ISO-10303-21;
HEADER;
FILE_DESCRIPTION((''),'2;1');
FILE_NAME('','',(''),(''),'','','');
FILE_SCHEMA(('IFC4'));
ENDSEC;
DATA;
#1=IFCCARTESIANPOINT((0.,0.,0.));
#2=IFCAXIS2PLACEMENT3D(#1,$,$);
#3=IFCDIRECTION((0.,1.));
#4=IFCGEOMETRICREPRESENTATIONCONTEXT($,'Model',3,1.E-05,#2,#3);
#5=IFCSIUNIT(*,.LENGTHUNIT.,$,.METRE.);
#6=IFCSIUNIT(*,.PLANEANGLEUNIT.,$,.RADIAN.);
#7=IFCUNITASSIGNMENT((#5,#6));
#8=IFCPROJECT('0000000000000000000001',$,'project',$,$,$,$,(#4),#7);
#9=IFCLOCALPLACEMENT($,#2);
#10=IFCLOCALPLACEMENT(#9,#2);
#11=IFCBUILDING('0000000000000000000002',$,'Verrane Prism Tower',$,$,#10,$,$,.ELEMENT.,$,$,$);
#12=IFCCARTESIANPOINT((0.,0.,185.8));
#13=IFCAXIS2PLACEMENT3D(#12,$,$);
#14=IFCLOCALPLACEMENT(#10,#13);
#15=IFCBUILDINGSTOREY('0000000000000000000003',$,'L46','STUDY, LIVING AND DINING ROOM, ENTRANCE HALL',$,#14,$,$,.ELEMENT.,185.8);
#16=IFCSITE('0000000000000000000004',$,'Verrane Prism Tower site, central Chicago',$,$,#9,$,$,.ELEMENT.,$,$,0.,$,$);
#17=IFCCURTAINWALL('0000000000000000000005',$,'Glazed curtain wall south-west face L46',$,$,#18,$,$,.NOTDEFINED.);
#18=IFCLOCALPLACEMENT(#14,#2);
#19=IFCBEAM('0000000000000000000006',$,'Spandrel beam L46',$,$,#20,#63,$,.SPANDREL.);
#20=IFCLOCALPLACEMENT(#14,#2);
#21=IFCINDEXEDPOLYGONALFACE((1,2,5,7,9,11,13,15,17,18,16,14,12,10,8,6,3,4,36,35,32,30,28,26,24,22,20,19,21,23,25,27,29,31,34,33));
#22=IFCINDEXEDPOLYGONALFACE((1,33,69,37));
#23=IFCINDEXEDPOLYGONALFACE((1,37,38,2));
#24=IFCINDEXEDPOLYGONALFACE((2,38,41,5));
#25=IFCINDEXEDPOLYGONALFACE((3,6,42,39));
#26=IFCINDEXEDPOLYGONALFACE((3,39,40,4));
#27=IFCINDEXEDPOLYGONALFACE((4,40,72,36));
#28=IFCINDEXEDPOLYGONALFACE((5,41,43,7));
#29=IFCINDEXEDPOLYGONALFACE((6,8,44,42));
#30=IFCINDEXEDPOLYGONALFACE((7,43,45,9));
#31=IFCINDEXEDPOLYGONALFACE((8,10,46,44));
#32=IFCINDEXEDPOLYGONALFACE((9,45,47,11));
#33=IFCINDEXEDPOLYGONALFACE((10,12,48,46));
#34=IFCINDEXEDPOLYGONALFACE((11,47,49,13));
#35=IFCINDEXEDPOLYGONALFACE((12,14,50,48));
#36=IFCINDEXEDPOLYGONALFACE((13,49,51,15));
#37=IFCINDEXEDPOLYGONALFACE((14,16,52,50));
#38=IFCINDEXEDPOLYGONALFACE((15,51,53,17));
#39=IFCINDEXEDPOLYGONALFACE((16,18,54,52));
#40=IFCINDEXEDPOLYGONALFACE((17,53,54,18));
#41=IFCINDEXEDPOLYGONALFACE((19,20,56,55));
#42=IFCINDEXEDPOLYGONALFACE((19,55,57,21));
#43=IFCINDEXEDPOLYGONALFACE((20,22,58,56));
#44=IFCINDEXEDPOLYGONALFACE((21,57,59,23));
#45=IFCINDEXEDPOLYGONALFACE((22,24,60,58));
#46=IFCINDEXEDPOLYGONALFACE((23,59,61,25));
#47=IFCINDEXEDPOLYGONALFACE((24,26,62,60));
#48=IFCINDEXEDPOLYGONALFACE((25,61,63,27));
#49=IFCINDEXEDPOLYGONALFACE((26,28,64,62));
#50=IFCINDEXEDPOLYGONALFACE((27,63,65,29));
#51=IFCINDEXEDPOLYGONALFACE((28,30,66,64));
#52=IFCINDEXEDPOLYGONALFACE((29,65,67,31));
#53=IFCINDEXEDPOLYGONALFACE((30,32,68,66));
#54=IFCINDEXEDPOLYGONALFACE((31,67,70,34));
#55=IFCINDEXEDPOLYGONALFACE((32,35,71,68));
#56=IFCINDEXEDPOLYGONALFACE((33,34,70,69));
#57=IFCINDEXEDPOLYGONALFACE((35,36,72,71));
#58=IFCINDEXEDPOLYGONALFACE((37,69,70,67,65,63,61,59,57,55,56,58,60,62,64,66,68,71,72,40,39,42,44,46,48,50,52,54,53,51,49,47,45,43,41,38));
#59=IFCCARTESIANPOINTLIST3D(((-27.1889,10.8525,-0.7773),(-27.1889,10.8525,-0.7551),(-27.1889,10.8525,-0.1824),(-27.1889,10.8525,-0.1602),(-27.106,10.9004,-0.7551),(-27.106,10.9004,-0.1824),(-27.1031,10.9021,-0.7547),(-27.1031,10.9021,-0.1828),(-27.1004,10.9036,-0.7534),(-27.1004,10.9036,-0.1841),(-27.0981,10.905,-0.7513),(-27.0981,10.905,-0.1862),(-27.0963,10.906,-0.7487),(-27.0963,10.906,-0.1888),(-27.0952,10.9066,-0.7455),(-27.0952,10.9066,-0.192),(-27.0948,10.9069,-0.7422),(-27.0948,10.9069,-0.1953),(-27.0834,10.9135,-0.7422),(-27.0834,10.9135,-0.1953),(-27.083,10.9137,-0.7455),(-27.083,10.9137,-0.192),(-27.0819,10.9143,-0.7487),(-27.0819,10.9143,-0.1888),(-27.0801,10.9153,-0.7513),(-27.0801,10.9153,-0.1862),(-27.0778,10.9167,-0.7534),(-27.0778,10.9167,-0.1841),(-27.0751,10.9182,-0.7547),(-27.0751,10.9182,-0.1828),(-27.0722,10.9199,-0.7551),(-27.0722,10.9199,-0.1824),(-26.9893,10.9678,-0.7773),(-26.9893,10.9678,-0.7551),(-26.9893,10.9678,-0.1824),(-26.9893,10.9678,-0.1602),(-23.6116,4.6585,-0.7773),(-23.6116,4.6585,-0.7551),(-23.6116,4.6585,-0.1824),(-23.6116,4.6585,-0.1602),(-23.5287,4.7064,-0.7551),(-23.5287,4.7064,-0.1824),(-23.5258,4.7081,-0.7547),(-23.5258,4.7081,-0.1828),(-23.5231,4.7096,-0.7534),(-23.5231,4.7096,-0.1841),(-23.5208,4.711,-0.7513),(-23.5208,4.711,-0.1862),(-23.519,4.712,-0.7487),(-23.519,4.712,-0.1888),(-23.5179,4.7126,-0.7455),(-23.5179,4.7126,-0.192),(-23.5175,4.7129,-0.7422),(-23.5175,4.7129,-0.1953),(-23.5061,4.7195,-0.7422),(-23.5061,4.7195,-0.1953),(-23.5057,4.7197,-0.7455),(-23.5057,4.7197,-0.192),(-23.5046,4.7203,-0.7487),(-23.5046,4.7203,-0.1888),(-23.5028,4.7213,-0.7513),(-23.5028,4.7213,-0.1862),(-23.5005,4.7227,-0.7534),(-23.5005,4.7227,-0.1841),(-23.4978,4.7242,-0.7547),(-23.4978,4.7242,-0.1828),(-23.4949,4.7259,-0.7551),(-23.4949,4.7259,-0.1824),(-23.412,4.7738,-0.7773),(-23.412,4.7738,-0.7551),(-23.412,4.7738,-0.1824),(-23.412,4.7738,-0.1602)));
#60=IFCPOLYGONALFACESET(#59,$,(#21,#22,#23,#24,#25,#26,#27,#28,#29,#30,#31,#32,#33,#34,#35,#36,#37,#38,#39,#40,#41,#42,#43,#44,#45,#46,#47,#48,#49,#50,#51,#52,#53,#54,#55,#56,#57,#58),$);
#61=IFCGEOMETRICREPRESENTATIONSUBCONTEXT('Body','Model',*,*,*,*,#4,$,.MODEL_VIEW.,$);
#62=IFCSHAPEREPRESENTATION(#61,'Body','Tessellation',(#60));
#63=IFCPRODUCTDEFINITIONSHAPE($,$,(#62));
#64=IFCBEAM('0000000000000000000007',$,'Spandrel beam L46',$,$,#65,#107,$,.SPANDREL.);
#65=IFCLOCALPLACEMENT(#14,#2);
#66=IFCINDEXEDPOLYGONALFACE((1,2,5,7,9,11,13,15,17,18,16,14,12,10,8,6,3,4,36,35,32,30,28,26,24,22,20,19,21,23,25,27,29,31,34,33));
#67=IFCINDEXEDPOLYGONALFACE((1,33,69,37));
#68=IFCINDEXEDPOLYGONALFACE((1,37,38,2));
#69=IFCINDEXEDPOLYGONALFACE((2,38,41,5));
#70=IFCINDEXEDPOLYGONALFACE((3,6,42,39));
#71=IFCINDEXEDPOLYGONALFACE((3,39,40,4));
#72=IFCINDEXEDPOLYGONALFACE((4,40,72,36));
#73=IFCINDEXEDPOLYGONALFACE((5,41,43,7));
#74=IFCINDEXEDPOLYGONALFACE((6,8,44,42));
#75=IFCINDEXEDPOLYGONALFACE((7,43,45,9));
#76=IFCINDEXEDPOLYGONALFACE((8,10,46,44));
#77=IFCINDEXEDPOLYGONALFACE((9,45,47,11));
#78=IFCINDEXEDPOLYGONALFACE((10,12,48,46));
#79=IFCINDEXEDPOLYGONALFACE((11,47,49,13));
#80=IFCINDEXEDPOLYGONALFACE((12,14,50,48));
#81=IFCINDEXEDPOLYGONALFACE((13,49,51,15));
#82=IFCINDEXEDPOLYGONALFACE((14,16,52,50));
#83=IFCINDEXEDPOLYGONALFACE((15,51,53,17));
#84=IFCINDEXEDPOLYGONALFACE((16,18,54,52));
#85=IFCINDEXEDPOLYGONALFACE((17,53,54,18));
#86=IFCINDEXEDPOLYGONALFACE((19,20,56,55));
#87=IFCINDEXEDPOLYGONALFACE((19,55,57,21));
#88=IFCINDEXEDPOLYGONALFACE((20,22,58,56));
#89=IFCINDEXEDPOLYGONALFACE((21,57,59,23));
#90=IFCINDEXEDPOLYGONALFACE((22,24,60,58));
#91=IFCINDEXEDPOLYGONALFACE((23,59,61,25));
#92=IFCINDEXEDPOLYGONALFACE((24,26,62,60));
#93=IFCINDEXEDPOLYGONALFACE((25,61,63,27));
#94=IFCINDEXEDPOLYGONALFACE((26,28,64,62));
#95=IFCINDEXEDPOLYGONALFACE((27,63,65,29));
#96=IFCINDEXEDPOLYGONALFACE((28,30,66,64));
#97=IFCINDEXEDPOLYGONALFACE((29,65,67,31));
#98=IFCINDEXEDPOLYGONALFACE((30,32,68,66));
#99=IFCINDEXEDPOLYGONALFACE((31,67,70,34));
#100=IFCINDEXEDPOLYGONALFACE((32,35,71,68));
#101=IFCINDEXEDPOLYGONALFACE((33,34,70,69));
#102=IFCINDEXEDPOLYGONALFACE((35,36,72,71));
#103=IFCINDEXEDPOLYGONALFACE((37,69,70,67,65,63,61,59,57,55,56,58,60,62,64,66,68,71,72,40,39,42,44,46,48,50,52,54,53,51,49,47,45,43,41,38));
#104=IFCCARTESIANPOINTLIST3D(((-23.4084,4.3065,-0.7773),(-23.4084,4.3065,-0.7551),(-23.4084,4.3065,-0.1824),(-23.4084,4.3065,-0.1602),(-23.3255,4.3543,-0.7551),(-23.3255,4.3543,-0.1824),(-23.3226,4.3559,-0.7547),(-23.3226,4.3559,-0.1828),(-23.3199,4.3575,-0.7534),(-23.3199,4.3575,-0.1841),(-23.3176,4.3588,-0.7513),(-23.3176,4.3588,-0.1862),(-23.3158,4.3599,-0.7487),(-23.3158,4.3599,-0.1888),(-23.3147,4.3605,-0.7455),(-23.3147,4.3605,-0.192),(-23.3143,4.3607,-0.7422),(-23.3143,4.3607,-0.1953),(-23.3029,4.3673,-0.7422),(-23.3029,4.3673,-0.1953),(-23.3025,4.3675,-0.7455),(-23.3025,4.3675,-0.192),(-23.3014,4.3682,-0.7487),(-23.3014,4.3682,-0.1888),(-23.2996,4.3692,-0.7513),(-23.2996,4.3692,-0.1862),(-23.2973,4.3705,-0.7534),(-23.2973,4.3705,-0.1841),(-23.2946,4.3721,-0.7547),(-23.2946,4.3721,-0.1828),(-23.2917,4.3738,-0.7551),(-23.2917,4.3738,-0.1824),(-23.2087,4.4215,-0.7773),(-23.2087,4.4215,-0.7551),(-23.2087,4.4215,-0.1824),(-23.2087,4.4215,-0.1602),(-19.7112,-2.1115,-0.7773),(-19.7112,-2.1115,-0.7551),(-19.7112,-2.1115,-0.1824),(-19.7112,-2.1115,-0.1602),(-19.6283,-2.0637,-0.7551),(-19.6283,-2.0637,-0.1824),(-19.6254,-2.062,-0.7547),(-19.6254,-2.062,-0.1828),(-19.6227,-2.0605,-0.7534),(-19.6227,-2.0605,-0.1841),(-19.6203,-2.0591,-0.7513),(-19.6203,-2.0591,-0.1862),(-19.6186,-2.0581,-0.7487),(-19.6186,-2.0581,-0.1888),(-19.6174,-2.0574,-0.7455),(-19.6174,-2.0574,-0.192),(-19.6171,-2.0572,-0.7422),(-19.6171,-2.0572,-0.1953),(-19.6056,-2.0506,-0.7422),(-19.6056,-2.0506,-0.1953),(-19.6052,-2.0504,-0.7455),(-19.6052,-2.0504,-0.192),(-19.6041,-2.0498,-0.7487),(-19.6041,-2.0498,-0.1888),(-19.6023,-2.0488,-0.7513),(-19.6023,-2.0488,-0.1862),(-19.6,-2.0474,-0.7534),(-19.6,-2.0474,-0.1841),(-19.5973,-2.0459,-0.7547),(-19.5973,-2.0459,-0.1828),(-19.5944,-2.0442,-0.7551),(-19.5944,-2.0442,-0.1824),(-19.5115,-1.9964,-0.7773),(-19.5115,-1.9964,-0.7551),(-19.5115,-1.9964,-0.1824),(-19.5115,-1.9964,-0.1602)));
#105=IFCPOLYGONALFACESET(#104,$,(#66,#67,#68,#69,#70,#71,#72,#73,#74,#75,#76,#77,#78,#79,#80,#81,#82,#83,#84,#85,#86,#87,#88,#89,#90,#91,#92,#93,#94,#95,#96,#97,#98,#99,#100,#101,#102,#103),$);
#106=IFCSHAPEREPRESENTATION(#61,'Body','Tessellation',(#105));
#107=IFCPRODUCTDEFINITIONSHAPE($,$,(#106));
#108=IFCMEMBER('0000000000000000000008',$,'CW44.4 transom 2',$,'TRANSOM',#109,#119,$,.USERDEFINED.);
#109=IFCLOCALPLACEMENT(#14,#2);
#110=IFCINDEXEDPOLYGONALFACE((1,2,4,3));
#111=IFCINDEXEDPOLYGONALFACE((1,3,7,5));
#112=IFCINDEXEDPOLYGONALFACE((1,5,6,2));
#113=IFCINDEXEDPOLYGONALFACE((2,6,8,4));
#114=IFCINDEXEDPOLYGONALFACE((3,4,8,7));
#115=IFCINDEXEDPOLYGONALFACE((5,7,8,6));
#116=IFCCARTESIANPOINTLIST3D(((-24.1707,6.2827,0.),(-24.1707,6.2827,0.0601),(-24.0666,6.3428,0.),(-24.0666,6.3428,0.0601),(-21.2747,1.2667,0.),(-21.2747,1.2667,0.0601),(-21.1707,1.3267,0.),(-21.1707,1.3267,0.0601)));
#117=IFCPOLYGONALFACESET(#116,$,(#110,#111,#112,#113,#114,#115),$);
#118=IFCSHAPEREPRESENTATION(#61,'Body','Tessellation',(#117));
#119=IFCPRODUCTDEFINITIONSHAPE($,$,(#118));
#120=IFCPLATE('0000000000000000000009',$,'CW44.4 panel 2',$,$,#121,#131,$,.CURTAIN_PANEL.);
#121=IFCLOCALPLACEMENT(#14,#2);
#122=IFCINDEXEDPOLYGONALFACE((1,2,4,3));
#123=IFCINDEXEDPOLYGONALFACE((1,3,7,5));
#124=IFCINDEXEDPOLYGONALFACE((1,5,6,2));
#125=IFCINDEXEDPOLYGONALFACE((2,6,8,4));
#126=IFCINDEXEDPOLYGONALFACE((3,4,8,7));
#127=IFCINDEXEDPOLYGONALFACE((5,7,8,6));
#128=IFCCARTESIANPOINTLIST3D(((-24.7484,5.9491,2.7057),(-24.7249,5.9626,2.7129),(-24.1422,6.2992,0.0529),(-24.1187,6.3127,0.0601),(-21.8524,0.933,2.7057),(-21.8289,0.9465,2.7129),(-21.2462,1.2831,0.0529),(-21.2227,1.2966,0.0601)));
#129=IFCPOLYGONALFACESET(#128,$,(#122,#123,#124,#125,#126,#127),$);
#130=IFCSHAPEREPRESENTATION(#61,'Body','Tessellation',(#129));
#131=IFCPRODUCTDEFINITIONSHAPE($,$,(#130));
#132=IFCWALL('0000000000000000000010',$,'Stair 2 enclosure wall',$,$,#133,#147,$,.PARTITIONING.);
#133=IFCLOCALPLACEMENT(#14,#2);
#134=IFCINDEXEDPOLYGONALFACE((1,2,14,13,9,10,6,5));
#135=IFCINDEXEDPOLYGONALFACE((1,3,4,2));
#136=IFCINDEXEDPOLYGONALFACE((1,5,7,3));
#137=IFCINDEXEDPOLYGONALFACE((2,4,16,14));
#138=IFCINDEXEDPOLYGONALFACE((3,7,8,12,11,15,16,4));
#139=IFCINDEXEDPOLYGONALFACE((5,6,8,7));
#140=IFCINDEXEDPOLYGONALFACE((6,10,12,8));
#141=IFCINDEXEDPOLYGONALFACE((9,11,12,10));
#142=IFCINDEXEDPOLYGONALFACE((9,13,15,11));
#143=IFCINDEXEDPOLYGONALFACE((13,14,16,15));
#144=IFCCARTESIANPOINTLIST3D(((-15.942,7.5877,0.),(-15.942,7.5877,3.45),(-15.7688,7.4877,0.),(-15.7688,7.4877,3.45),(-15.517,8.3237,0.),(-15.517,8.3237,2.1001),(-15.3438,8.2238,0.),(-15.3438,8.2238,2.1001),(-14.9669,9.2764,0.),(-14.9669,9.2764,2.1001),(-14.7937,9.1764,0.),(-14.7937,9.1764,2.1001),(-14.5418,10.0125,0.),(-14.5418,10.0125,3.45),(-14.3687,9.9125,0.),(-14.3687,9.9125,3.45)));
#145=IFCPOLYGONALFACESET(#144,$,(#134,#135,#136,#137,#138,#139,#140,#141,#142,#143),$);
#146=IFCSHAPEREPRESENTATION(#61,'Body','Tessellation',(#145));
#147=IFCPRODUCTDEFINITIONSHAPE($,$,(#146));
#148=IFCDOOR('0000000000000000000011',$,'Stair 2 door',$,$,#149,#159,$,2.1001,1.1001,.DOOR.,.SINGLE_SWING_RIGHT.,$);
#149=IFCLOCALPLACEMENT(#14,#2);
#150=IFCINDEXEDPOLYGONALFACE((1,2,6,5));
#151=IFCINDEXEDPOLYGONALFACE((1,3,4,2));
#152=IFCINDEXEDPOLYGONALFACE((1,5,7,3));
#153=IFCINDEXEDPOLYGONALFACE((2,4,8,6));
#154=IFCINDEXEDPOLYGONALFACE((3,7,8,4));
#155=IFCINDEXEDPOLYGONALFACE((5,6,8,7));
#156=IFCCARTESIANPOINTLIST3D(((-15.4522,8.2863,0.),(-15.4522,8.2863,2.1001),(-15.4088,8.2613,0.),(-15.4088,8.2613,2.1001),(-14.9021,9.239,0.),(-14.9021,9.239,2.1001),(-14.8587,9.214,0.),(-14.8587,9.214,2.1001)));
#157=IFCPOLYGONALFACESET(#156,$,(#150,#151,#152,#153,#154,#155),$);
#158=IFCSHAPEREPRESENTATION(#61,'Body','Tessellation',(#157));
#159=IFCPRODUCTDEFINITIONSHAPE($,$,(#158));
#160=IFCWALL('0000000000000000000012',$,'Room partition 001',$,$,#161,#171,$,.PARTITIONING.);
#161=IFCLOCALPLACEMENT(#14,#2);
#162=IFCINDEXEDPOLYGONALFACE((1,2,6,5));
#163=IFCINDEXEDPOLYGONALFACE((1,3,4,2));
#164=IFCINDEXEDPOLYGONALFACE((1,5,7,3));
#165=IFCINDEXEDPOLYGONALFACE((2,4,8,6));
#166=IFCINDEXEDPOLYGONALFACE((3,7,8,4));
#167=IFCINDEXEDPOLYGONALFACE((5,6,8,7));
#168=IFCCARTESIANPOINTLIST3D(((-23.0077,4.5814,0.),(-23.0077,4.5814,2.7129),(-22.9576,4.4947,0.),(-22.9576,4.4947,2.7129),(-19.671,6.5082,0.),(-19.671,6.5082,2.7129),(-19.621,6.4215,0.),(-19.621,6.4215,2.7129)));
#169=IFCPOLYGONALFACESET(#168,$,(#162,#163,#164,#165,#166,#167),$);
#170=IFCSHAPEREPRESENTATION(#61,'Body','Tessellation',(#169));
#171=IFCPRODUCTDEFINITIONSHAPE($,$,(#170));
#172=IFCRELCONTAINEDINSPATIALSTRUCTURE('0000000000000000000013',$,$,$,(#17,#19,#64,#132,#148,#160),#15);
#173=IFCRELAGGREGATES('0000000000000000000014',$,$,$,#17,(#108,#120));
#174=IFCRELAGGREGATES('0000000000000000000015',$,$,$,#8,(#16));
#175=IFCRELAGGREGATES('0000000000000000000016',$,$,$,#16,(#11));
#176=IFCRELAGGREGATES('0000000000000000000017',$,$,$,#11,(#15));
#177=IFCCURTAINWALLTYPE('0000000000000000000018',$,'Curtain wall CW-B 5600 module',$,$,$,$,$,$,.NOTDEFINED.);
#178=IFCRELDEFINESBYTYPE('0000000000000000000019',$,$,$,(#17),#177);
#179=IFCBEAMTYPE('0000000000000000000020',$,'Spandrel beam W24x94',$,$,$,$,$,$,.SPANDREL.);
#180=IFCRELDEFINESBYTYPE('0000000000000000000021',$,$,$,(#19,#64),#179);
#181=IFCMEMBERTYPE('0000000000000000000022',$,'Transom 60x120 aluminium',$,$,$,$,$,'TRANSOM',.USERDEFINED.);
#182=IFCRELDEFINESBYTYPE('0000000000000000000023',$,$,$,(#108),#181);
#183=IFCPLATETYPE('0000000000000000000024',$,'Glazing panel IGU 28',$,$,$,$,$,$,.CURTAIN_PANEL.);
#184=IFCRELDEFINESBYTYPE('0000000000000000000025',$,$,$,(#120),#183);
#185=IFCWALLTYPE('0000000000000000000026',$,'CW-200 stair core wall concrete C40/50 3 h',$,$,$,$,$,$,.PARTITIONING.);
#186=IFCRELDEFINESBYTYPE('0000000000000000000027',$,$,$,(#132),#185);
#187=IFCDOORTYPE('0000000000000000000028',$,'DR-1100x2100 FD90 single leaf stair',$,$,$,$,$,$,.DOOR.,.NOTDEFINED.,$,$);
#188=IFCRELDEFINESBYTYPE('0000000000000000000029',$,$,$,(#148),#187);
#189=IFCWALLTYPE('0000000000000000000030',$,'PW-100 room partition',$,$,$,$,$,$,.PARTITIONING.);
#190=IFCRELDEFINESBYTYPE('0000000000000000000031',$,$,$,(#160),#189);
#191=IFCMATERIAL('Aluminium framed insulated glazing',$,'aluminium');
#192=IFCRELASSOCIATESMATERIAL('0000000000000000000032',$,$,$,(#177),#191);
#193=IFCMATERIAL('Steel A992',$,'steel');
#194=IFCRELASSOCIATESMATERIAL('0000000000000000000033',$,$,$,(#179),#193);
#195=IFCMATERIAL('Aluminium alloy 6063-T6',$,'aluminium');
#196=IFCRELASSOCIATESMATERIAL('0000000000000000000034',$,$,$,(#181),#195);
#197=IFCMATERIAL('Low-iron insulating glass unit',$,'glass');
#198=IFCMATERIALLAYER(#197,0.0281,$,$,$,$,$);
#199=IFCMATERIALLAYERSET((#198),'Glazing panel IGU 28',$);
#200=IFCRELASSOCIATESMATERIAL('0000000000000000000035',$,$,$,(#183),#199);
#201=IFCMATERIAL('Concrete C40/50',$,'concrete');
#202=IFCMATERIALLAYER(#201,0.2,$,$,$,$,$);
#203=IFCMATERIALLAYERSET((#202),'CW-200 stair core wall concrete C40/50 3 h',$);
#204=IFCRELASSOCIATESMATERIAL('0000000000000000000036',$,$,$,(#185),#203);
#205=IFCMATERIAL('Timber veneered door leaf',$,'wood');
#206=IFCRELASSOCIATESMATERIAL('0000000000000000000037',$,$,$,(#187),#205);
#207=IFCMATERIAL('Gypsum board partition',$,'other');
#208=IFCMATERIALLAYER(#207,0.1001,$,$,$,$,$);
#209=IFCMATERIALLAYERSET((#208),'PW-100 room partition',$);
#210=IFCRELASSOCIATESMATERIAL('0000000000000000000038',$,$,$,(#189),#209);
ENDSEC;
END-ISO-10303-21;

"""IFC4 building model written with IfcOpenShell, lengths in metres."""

from ifc_helpers import new_model, si_unit, direction, frame, frame_2d, origin, origin_2d, place, context, subcontext, project, spatial, polyline, rectangle, i_section, outline, extrude, material, layer, layer_set, material_profile, profile_set, type_object, element, fill, aggregate, save


model = new_model("IFC4")

# Units and contexts
model_context = context("Model", 3, precision=1e-05, world=origin(), true_north=direction((0.0, 1.0)))
body_context = subcontext(model_context, "Body", "Model", "MODEL_VIEW")
ifc_project = project(units=[si_unit("LENGTHUNIT", "METRE"), si_unit("PLANEANGLEUNIT", "RADIAN")], contexts=[model_context])

# Site, building, storey
site_placement = place(None, origin())
site = spatial("IfcSite", under=ifc_project, at=site_placement, Name="Verrane Prism Tower site, central Chicago", CompositionType="ELEMENT", RefElevation=0.0)
building_placement = place(site_placement, origin())
building = spatial("IfcBuilding", under=site, at=building_placement, Name="Verrane Prism Tower", CompositionType="ELEMENT")
storey_placement = place(building_placement, frame((0.0, 0.0, 185.8)))
storey = spatial("IfcBuildingStorey", under=building, at=storey_placement, Name="L46", Description="STUDY, LIVING AND DINING ROOM, ENTRANCE HALL", CompositionType="ELEMENT", Elevation=185.8)

# Curtain wall
ifc_material_1 = material(Name="Aluminium framed insulated glazing", Category="aluminium")
curtain_wall_type = type_object("IfcCurtainWallType", Name="Curtain wall CW-B 5600 module", PredefinedType="NOTDEFINED", material=ifc_material_1)
curtain_wall_placement = place(storey_placement, origin())
curtain_wall = element("IfcCurtainWall", 1, at=curtain_wall_placement, inside=storey, type_object=curtain_wall_type, Name="Glazed curtain wall south-west face L46", PredefinedType="NOTDEFINED")

# Beams
ifc_material_2 = material(Name="Steel A992", Category="steel")
ifc_material_profile_1 = material_profile(ifc_material_2, i_section(OverallWidth=0.2305, OverallDepth=0.6172, WebThickness=0.0132, FlangeThickness=0.0222, FilletRadius=0.0129, at=origin_2d()), Name="W24x94")
ifc_profile_set_1 = profile_set([ifc_material_profile_1], Name="Steel A992")
beam_type_1 = type_object("IfcBeamType", Name="Spandrel beam W24x94", PredefinedType="SPANDREL", material=ifc_profile_set_1)
beam_1_placement = place(storey_placement, frame((-27.0891, 10.9102, -0.4688), z_axis=(0.500129, -0.865951, 0.0), x_axis=(0.865951, 0.500129, 0.0)))
element("IfcBeam", 2, at=beam_1_placement, inside=storey, type_object=beam_type_1, Name="Spandrel beam L46", PredefinedType="SPANDREL", context=body_context, shape_type="SweptSolid", body=[
    extrude(i_section(OverallWidth=0.2305, OverallDepth=0.6172, WebThickness=0.0132, FlangeThickness=0.0222, FilletRadius=0.0129, at=origin_2d()), origin(), (0.0, 0.0, 1.0), 7.1528),
])
beam_2_placement = place(storey_placement, frame((-23.3086, 4.364, -0.4688), z_axis=(0.499174, -0.866501, 0.0), x_axis=(0.866501, 0.499174, 0.0)))
element("IfcBeam", 3, at=beam_2_placement, inside=storey, type_object=beam_type_1, Name="Spandrel beam L46", PredefinedType="SPANDREL", context=body_context, shape_type="SweptSolid", body=[
    extrude(i_section(OverallWidth=0.2305, OverallDepth=0.6172, WebThickness=0.0132, FlangeThickness=0.0222, FilletRadius=0.0129, at=origin_2d()), origin(), (0.0, 0.0, 1.0), 7.4067),
])

# Member
ifc_material_3 = material(Name="Aluminium alloy 6063-T6", Category="aluminium")
ifc_material_profile_2 = material_profile(ifc_material_3, rectangle(XDim=0.1201, YDim=0.0601, at=origin_2d()), Name="Transom 60x120 aluminium")
ifc_profile_set_2 = profile_set([ifc_material_profile_2], Name="Aluminium alloy 6063-T6")
member_type_1 = type_object("IfcMemberType", Name="Transom 60x120 aluminium", ElementType="TRANSOM", PredefinedType="USERDEFINED", material=ifc_profile_set_2)
member_1_placement = place(storey_placement, frame((-24.1187, 6.3127, 0.03), z_axis=(0.499992, -0.86603, 0.0), x_axis=(0.86603, 0.499992, 0.0)))
member_1 = element("IfcMember", 4, at=member_1_placement, type_object=member_type_1, Name="CW44.4 transom 2", ObjectType="TRANSOM", PredefinedType="USERDEFINED", context=body_context, shape_type="SweptSolid", body=[
    extrude(rectangle(XDim=0.1201, YDim=0.0601, at=origin_2d()), origin(), (0.0, 0.0, 1.0), 5.792),
])

# Plate
ifc_material_4 = material(Name="Low-iron insulating glass unit", Category="glass")
ifc_layer_1 = layer(ifc_material_4, 0.0281)
ifc_layer_set_1 = layer_set([ifc_layer_1], Name="Glazing panel IGU 28")
plate_type = type_object("IfcPlateType", Name="Glazing panel IGU 28", PredefinedType="CURTAIN_PANEL", material=ifc_layer_set_1)
plate_placement = place(storey_placement, frame((-24.1187, 6.3127, 0.0601), z_axis=(0.837366, 0.483444, 0.255148), x_axis=(0.499992, -0.86603, 0.0)))
plate = element("IfcPlate", 5, at=plate_placement, type_object=plate_type, Name="CW44.4 panel 2", PredefinedType="CURTAIN_PANEL", context=body_context, shape_type="SweptSolid", body=[
    extrude(outline(polyline([(0.0, 0.0), (5.7921, 0.0), (5.7922, -2.7436), (0.0001, -2.7436), (0.0, 0.0)])), origin(), (0.0, 0.0, -1.0), 0.0281),
])
aggregate(curtain_wall, [member_1, plate])

# Wall, opening, door
ifc_material_5 = material(Name="Concrete C40/50", Category="concrete")
ifc_layer_2 = layer(ifc_material_5, 0.2)
ifc_layer_set_2 = layer_set([ifc_layer_2], Name="CW-200 stair core wall concrete C40/50 3 h")
wall_type_1 = type_object("IfcWallType", Name="CW-200 stair core wall concrete C40/50 3 h", PredefinedType="PARTITIONING", material=ifc_layer_set_2)
wall_1_placement = place(storey_placement, frame((-14.4553, 9.9624, 0.0), z_axis=(0.0, 0.0, 1.0), x_axis=(-0.50005, -0.865997, 0.0)))
wall_1 = element("IfcWall", 6, at=wall_1_placement, inside=storey, type_object=wall_type_1, Name="Stair 2 enclosure wall", PredefinedType="PARTITIONING", context=body_context, shape_type="SweptSolid", body=[
    extrude(rectangle(XDim=2.8, YDim=0.2, at=frame_2d((1.3999, 0.0))), origin(), (0.0, 0.0, 1.0), 3.45),
])
opening_1_placement = place(wall_1_placement, frame((0.8499, 0.0, 0.0)))
opening_1 = element("IfcOpeningElement", 7, at=opening_1_placement, cuts=wall_1, PredefinedType="OPENING", context=body_context, shape_type="SweptSolid", body=[
    extrude(rectangle(XDim=1.1001, YDim=2.1001, at=frame_2d((0.55, 1.05))), frame((0.0, 0.1099, 0.0), z_axis=(0.0, -1.0, 0.0), x_axis=(1.0, 0.0, 0.0)), (0.0, 0.0, 1.0), 0.22),
])
ifc_material_6 = material(Name="Timber veneered door leaf", Category="wood")
door_type_1 = type_object("IfcDoorType", Name="DR-1100x2100 FD90 single leaf stair", OperationType="NOTDEFINED", PredefinedType="DOOR", material=ifc_material_6)
door_1_placement = place(opening_1_placement, origin())
door_1 = element("IfcDoor", 8, at=door_1_placement, inside=storey, type_object=door_type_1, Name="Stair 2 door", OperationType="SINGLE_SWING_RIGHT", OverallHeight=2.1001, OverallWidth=1.1001, PredefinedType="DOOR", context=body_context, shape_type="SweptSolid", body=[
    extrude(rectangle(XDim=1.1001, YDim=2.1001, at=frame_2d((0.55, 1.05))), frame((0.0, 0.0249, 0.0), z_axis=(0.0, -1.0, 0.0), x_axis=(1.0, 0.0, 0.0)), (0.0, 0.0, 1.0), 0.05),
])
fill(opening_1, door_1)

# Wall
ifc_material_7 = material(Name="Gypsum board partition", Category="other")
ifc_layer_3 = layer(ifc_material_7, 0.1001)
ifc_layer_set_3 = layer_set([ifc_layer_3], Name="PW-100 room partition")
wall_type_2 = type_object("IfcWallType", Name="PW-100 room partition", PredefinedType="PARTITIONING", material=ifc_layer_set_3)
wall_2_placement = place(storey_placement, frame((-22.9827, 4.5381, 0.0), z_axis=(0.0, 0.0, 1.0), x_axis=(0.865988, 0.500064, 0.0)))
element("IfcWall", 9, at=wall_2_placement, inside=storey, type_object=wall_type_2, Name="Room partition 001", PredefinedType="PARTITIONING", context=body_context, shape_type="SweptSolid", body=[
    extrude(rectangle(XDim=3.853, YDim=0.1001, at=frame_2d((1.9265, 0.0))), origin(), (0.0, 0.0, 1.0), 2.7129),
])

save(model, "model.ifc")
